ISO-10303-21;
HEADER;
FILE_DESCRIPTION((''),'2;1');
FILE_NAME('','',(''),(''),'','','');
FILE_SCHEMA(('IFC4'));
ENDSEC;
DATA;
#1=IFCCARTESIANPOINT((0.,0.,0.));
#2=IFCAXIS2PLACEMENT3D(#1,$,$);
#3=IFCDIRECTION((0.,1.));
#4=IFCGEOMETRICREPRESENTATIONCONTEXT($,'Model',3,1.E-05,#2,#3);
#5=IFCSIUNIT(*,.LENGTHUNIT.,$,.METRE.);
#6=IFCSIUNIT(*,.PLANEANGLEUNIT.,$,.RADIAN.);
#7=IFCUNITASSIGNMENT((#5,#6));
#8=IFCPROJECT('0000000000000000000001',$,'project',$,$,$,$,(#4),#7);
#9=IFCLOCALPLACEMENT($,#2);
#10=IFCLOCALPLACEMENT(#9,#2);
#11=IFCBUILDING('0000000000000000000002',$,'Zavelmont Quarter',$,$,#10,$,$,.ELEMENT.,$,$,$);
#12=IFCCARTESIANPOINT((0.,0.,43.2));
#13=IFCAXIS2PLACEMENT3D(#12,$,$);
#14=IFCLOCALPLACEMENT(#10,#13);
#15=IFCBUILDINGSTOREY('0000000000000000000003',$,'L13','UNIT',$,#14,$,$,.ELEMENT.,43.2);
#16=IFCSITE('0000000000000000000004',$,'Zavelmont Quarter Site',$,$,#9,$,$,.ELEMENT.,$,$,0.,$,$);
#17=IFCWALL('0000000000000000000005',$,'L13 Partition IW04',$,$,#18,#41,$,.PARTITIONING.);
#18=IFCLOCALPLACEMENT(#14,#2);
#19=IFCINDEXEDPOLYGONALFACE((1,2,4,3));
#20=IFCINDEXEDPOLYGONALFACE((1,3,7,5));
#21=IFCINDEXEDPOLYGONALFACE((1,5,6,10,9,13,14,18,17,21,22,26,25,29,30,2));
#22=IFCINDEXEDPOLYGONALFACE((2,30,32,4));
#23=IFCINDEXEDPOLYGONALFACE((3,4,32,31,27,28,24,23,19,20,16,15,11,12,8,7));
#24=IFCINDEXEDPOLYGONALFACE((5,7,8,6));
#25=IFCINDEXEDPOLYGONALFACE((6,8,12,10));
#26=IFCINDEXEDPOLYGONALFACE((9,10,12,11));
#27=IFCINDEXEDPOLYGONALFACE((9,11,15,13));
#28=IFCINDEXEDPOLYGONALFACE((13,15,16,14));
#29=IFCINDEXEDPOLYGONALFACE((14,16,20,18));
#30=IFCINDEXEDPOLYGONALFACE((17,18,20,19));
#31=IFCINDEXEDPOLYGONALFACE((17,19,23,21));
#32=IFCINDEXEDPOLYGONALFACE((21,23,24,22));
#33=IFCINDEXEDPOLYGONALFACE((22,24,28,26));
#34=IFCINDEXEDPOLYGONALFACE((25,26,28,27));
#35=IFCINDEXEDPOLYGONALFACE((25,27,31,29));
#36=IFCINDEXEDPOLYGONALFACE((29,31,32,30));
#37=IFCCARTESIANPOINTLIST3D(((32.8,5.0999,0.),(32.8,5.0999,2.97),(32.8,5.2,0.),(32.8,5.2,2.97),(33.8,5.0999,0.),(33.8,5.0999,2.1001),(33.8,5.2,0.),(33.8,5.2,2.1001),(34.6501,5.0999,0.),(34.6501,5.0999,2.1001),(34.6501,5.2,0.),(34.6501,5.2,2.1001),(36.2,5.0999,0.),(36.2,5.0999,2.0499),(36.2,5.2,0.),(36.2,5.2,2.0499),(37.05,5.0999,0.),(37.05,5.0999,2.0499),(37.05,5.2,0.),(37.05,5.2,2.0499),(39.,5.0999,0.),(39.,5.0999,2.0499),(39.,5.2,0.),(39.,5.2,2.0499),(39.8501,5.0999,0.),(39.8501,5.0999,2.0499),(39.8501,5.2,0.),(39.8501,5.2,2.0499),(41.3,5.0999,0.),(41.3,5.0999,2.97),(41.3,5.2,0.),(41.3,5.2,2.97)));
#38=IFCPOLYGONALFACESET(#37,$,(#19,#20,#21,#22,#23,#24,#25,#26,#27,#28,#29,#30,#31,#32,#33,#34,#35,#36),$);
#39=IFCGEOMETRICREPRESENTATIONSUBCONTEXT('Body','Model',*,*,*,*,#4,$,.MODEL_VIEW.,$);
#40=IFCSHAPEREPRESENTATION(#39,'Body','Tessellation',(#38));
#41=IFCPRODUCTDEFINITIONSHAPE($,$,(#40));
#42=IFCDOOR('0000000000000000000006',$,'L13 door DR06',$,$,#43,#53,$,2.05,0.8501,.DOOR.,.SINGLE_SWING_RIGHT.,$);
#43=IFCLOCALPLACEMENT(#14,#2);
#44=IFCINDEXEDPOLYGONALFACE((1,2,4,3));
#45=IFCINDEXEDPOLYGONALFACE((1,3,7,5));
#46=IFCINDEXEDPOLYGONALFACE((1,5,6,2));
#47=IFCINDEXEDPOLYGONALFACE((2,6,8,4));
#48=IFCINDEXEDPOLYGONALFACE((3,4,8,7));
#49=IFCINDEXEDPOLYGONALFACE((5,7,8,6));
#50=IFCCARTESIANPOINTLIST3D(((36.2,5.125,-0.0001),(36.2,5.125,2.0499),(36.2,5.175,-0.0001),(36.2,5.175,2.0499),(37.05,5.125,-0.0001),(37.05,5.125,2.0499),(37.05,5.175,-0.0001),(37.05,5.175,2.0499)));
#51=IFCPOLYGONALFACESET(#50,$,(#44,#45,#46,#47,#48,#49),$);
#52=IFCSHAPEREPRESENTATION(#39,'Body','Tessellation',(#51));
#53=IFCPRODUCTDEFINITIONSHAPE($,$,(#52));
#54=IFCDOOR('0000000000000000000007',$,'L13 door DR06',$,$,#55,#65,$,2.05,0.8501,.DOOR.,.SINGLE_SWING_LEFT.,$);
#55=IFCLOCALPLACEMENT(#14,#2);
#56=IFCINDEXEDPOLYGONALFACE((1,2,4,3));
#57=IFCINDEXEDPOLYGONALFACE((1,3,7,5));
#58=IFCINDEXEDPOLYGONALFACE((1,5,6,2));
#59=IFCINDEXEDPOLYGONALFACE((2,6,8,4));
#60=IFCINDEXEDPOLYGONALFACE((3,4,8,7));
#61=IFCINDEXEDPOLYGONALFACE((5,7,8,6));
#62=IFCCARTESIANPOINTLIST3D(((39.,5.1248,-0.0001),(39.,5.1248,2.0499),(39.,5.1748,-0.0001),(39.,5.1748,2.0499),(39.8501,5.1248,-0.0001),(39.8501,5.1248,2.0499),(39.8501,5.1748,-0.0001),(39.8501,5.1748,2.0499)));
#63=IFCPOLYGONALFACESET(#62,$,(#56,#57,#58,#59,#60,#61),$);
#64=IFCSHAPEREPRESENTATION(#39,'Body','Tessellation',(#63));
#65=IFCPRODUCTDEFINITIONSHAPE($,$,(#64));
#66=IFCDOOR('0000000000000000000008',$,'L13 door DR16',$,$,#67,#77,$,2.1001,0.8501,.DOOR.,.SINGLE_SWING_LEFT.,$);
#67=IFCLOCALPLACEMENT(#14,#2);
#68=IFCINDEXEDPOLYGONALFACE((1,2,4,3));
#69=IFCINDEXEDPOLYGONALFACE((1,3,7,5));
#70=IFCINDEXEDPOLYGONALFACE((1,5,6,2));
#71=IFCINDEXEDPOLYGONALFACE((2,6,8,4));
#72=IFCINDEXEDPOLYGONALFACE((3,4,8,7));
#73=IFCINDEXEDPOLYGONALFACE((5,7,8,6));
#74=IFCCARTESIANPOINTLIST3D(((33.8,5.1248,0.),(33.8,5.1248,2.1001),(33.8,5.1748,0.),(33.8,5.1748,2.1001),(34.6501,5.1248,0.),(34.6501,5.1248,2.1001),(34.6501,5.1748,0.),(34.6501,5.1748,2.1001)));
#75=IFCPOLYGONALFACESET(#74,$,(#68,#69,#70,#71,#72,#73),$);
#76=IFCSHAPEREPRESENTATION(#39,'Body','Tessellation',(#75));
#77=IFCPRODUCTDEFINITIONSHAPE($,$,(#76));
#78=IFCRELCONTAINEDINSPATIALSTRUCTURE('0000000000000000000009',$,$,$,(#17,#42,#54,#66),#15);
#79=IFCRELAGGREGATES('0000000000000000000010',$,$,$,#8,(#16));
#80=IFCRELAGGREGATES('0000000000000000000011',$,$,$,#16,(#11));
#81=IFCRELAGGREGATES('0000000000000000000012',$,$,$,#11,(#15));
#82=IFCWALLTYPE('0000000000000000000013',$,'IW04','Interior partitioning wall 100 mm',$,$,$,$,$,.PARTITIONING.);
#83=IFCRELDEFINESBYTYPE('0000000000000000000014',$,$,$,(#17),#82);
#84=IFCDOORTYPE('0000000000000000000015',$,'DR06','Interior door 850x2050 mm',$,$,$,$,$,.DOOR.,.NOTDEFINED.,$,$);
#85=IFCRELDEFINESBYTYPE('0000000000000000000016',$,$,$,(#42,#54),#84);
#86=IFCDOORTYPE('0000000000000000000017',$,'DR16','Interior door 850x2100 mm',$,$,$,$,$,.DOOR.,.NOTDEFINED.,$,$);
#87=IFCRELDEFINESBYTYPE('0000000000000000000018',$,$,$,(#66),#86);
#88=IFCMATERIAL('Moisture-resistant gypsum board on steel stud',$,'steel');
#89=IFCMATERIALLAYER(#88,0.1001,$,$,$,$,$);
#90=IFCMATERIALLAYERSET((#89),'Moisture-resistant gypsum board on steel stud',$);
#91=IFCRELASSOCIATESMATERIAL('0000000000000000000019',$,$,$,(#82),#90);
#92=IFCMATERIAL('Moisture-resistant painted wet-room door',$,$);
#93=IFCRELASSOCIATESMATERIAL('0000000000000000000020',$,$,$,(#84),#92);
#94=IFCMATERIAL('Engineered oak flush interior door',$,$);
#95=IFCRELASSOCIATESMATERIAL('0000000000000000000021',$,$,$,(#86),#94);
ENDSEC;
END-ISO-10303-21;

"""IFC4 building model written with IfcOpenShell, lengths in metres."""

from ifc_helpers import new_model, si_unit, direction, frame, frame_2d, origin, origin_with_axes, place, context, subcontext, project, spatial, rectangle, extrude, material, layer, layer_set, type_object, element, fill, save


model = new_model("IFC4")

# Units and contexts
model_context = context("Model", 3, precision=1e-05, world=origin(), true_north=direction((0.0, 1.0)))
body_context = subcontext(model_context, "Body", "Model", "MODEL_VIEW")
ifc_project = project(units=[si_unit("LENGTHUNIT", "METRE"), si_unit("PLANEANGLEUNIT", "RADIAN")], contexts=[model_context])

# Site, building, storey
site_placement = place(None, origin())
site = spatial("IfcSite", under=ifc_project, at=site_placement, Name="Zavelmont Quarter Site", CompositionType="ELEMENT", RefElevation=0.0)
building_placement = place(site_placement, origin())
building = spatial("IfcBuilding", under=site, at=building_placement, Name="Zavelmont Quarter", CompositionType="ELEMENT")
storey_placement = place(building_placement, frame((0.0, 0.0, 43.2)))
storey = spatial("IfcBuildingStorey", under=building, at=storey_placement, Name="L13", Description="UNIT", CompositionType="ELEMENT", Elevation=43.2)

# Shared definitions
ifc_material_1 = material(Name="Engineered oak flush interior door")

# Shared definitions
ifc_material_2 = material(Name="Moisture-resistant gypsum board on steel stud", Category="steel")
ifc_layer_1 = layer(ifc_material_2, 0.1001)
ifc_layer_set_1 = layer_set([ifc_layer_1], Name="Moisture-resistant gypsum board on steel stud")
wall_type_1 = type_object("IfcWallType", Name="IW04", Description="Interior partitioning wall 100 mm", PredefinedType="PARTITIONING", material=ifc_layer_set_1)

# Wall, openings, doors
wall_1_placement = place(storey_placement, frame((32.8, 5.1499, 0.0), z_axis=(0.0, 0.0, 1.0), x_axis=(1.0, 0.0, 0.0)))
wall_1 = element("IfcWall", 1, at=wall_1_placement, inside=storey, type_object=wall_type_1, Name="L13 Partition IW04", PredefinedType="PARTITIONING", context=body_context, shape_type="SweptSolid", body=[
    extrude(rectangle(XDim=8.5, YDim=0.1001, at=frame_2d((4.25, 0.0))), origin(), (0.0, 0.0, 1.0), 2.97),
])
opening_1_placement = place(wall_1_placement, frame((1.0, 0.0, 0.0)))
opening_1 = element("IfcOpeningElement", 2, at=opening_1_placement, cuts=wall_1, PredefinedType="OPENING", context=body_context, shape_type="SweptSolid", body=[
    extrude(rectangle(XDim=0.8501, YDim=2.1001, at=frame_2d((0.425, 1.05))), frame((0.0, 0.062, 0.0), z_axis=(0.0, -1.0, 0.0), x_axis=(1.0, 0.0, 0.0)), (0.0, 0.0, 1.0), 0.124),
])
opening_2_placement = place(wall_1_placement, frame((3.3999, 0.0, 0.0)))
opening_2 = element("IfcOpeningElement", 3, at=opening_2_placement, cuts=wall_1, PredefinedType="OPENING", context=body_context, shape_type="SweptSolid", body=[
    extrude(rectangle(XDim=0.8501, YDim=2.05, at=frame_2d((0.425, 1.0249))), frame((0.0, 0.062, 0.0), z_axis=(0.0, -1.0, 0.0), x_axis=(1.0, 0.0, 0.0)), (0.0, 0.0, 1.0), 0.124),
])
opening_3_placement = place(wall_1_placement, frame((6.2, 0.0, 0.0)))
opening_3 = element("IfcOpeningElement", 4, at=opening_3_placement, cuts=wall_1, PredefinedType="OPENING", context=body_context, shape_type="SweptSolid", body=[
    extrude(rectangle(XDim=0.8501, YDim=2.05, at=frame_2d((0.425, 1.0249))), frame((0.0, 0.062, 0.0), z_axis=(0.0, -1.0, 0.0), x_axis=(1.0, 0.0, 0.0)), (0.0, 0.0, 1.0), 0.124),
])
ifc_material_3 = material(Name="Moisture-resistant painted wet-room door")
door_type_1 = type_object("IfcDoorType", Name="DR06", Description="Interior door 850x2050 mm", OperationType="NOTDEFINED", PredefinedType="DOOR", material=ifc_material_3)
door_1_placement = place(opening_2_placement, frame((0.8501, 0.0, 0.0), z_axis=(0.0, 0.0, 1.0), x_axis=(-1.0, 0.0, 0.0)))
door_1 = element("IfcDoor", 5, at=door_1_placement, inside=storey, type_object=door_type_1, Name="L13 door DR06", OperationType="SINGLE_SWING_RIGHT", OverallHeight=2.05, OverallWidth=0.8501, PredefinedType="DOOR", context=body_context, shape_type="SweptSolid", body=[
    extrude(rectangle(XDim=0.8501, YDim=2.05, at=frame_2d((0.425, 1.0249))), frame((0.0, 0.0249, 0.0), z_axis=(0.0, -1.0, 0.0), x_axis=(1.0, 0.0, 0.0)), (0.0, 0.0, 1.0), 0.05),
])
fill(opening_2, door_1)
door_2_placement = place(opening_3_placement, origin_with_axes())
door_2 = element("IfcDoor", 6, at=door_2_placement, inside=storey, type_object=door_type_1, Name="L13 door DR06", OperationType="SINGLE_SWING_LEFT", OverallHeight=2.05, OverallWidth=0.8501, PredefinedType="DOOR", context=body_context, shape_type="SweptSolid", body=[
    extrude(rectangle(XDim=0.8501, YDim=2.05, at=frame_2d((0.425, 1.0249))), frame((0.0, 0.0249, 0.0), z_axis=(0.0, -1.0, 0.0), x_axis=(1.0, 0.0, 0.0)), (0.0, 0.0, 1.0), 0.05),
])
fill(opening_3, door_2)
door_type_2 = type_object("IfcDoorType", Name="DR16", Description="Interior door 850x2100 mm", OperationType="NOTDEFINED", PredefinedType="DOOR", material=ifc_material_1)
door_3_placement = place(opening_1_placement, origin_with_axes())
door_3 = element("IfcDoor", 7, at=door_3_placement, inside=storey, type_object=door_type_2, Name="L13 door DR16", OperationType="SINGLE_SWING_LEFT", OverallHeight=2.1001, OverallWidth=0.8501, PredefinedType="DOOR", context=body_context, shape_type="SweptSolid", body=[
    extrude(rectangle(XDim=0.8501, YDim=2.1001, at=frame_2d((0.425, 1.05))), frame((0.0, 0.0249, 0.0), z_axis=(0.0, -1.0, 0.0), x_axis=(1.0, 0.0, 0.0)), (0.0, 0.0, 1.0), 0.05),
])
fill(opening_1, door_3)

save(model, "model.ifc")
